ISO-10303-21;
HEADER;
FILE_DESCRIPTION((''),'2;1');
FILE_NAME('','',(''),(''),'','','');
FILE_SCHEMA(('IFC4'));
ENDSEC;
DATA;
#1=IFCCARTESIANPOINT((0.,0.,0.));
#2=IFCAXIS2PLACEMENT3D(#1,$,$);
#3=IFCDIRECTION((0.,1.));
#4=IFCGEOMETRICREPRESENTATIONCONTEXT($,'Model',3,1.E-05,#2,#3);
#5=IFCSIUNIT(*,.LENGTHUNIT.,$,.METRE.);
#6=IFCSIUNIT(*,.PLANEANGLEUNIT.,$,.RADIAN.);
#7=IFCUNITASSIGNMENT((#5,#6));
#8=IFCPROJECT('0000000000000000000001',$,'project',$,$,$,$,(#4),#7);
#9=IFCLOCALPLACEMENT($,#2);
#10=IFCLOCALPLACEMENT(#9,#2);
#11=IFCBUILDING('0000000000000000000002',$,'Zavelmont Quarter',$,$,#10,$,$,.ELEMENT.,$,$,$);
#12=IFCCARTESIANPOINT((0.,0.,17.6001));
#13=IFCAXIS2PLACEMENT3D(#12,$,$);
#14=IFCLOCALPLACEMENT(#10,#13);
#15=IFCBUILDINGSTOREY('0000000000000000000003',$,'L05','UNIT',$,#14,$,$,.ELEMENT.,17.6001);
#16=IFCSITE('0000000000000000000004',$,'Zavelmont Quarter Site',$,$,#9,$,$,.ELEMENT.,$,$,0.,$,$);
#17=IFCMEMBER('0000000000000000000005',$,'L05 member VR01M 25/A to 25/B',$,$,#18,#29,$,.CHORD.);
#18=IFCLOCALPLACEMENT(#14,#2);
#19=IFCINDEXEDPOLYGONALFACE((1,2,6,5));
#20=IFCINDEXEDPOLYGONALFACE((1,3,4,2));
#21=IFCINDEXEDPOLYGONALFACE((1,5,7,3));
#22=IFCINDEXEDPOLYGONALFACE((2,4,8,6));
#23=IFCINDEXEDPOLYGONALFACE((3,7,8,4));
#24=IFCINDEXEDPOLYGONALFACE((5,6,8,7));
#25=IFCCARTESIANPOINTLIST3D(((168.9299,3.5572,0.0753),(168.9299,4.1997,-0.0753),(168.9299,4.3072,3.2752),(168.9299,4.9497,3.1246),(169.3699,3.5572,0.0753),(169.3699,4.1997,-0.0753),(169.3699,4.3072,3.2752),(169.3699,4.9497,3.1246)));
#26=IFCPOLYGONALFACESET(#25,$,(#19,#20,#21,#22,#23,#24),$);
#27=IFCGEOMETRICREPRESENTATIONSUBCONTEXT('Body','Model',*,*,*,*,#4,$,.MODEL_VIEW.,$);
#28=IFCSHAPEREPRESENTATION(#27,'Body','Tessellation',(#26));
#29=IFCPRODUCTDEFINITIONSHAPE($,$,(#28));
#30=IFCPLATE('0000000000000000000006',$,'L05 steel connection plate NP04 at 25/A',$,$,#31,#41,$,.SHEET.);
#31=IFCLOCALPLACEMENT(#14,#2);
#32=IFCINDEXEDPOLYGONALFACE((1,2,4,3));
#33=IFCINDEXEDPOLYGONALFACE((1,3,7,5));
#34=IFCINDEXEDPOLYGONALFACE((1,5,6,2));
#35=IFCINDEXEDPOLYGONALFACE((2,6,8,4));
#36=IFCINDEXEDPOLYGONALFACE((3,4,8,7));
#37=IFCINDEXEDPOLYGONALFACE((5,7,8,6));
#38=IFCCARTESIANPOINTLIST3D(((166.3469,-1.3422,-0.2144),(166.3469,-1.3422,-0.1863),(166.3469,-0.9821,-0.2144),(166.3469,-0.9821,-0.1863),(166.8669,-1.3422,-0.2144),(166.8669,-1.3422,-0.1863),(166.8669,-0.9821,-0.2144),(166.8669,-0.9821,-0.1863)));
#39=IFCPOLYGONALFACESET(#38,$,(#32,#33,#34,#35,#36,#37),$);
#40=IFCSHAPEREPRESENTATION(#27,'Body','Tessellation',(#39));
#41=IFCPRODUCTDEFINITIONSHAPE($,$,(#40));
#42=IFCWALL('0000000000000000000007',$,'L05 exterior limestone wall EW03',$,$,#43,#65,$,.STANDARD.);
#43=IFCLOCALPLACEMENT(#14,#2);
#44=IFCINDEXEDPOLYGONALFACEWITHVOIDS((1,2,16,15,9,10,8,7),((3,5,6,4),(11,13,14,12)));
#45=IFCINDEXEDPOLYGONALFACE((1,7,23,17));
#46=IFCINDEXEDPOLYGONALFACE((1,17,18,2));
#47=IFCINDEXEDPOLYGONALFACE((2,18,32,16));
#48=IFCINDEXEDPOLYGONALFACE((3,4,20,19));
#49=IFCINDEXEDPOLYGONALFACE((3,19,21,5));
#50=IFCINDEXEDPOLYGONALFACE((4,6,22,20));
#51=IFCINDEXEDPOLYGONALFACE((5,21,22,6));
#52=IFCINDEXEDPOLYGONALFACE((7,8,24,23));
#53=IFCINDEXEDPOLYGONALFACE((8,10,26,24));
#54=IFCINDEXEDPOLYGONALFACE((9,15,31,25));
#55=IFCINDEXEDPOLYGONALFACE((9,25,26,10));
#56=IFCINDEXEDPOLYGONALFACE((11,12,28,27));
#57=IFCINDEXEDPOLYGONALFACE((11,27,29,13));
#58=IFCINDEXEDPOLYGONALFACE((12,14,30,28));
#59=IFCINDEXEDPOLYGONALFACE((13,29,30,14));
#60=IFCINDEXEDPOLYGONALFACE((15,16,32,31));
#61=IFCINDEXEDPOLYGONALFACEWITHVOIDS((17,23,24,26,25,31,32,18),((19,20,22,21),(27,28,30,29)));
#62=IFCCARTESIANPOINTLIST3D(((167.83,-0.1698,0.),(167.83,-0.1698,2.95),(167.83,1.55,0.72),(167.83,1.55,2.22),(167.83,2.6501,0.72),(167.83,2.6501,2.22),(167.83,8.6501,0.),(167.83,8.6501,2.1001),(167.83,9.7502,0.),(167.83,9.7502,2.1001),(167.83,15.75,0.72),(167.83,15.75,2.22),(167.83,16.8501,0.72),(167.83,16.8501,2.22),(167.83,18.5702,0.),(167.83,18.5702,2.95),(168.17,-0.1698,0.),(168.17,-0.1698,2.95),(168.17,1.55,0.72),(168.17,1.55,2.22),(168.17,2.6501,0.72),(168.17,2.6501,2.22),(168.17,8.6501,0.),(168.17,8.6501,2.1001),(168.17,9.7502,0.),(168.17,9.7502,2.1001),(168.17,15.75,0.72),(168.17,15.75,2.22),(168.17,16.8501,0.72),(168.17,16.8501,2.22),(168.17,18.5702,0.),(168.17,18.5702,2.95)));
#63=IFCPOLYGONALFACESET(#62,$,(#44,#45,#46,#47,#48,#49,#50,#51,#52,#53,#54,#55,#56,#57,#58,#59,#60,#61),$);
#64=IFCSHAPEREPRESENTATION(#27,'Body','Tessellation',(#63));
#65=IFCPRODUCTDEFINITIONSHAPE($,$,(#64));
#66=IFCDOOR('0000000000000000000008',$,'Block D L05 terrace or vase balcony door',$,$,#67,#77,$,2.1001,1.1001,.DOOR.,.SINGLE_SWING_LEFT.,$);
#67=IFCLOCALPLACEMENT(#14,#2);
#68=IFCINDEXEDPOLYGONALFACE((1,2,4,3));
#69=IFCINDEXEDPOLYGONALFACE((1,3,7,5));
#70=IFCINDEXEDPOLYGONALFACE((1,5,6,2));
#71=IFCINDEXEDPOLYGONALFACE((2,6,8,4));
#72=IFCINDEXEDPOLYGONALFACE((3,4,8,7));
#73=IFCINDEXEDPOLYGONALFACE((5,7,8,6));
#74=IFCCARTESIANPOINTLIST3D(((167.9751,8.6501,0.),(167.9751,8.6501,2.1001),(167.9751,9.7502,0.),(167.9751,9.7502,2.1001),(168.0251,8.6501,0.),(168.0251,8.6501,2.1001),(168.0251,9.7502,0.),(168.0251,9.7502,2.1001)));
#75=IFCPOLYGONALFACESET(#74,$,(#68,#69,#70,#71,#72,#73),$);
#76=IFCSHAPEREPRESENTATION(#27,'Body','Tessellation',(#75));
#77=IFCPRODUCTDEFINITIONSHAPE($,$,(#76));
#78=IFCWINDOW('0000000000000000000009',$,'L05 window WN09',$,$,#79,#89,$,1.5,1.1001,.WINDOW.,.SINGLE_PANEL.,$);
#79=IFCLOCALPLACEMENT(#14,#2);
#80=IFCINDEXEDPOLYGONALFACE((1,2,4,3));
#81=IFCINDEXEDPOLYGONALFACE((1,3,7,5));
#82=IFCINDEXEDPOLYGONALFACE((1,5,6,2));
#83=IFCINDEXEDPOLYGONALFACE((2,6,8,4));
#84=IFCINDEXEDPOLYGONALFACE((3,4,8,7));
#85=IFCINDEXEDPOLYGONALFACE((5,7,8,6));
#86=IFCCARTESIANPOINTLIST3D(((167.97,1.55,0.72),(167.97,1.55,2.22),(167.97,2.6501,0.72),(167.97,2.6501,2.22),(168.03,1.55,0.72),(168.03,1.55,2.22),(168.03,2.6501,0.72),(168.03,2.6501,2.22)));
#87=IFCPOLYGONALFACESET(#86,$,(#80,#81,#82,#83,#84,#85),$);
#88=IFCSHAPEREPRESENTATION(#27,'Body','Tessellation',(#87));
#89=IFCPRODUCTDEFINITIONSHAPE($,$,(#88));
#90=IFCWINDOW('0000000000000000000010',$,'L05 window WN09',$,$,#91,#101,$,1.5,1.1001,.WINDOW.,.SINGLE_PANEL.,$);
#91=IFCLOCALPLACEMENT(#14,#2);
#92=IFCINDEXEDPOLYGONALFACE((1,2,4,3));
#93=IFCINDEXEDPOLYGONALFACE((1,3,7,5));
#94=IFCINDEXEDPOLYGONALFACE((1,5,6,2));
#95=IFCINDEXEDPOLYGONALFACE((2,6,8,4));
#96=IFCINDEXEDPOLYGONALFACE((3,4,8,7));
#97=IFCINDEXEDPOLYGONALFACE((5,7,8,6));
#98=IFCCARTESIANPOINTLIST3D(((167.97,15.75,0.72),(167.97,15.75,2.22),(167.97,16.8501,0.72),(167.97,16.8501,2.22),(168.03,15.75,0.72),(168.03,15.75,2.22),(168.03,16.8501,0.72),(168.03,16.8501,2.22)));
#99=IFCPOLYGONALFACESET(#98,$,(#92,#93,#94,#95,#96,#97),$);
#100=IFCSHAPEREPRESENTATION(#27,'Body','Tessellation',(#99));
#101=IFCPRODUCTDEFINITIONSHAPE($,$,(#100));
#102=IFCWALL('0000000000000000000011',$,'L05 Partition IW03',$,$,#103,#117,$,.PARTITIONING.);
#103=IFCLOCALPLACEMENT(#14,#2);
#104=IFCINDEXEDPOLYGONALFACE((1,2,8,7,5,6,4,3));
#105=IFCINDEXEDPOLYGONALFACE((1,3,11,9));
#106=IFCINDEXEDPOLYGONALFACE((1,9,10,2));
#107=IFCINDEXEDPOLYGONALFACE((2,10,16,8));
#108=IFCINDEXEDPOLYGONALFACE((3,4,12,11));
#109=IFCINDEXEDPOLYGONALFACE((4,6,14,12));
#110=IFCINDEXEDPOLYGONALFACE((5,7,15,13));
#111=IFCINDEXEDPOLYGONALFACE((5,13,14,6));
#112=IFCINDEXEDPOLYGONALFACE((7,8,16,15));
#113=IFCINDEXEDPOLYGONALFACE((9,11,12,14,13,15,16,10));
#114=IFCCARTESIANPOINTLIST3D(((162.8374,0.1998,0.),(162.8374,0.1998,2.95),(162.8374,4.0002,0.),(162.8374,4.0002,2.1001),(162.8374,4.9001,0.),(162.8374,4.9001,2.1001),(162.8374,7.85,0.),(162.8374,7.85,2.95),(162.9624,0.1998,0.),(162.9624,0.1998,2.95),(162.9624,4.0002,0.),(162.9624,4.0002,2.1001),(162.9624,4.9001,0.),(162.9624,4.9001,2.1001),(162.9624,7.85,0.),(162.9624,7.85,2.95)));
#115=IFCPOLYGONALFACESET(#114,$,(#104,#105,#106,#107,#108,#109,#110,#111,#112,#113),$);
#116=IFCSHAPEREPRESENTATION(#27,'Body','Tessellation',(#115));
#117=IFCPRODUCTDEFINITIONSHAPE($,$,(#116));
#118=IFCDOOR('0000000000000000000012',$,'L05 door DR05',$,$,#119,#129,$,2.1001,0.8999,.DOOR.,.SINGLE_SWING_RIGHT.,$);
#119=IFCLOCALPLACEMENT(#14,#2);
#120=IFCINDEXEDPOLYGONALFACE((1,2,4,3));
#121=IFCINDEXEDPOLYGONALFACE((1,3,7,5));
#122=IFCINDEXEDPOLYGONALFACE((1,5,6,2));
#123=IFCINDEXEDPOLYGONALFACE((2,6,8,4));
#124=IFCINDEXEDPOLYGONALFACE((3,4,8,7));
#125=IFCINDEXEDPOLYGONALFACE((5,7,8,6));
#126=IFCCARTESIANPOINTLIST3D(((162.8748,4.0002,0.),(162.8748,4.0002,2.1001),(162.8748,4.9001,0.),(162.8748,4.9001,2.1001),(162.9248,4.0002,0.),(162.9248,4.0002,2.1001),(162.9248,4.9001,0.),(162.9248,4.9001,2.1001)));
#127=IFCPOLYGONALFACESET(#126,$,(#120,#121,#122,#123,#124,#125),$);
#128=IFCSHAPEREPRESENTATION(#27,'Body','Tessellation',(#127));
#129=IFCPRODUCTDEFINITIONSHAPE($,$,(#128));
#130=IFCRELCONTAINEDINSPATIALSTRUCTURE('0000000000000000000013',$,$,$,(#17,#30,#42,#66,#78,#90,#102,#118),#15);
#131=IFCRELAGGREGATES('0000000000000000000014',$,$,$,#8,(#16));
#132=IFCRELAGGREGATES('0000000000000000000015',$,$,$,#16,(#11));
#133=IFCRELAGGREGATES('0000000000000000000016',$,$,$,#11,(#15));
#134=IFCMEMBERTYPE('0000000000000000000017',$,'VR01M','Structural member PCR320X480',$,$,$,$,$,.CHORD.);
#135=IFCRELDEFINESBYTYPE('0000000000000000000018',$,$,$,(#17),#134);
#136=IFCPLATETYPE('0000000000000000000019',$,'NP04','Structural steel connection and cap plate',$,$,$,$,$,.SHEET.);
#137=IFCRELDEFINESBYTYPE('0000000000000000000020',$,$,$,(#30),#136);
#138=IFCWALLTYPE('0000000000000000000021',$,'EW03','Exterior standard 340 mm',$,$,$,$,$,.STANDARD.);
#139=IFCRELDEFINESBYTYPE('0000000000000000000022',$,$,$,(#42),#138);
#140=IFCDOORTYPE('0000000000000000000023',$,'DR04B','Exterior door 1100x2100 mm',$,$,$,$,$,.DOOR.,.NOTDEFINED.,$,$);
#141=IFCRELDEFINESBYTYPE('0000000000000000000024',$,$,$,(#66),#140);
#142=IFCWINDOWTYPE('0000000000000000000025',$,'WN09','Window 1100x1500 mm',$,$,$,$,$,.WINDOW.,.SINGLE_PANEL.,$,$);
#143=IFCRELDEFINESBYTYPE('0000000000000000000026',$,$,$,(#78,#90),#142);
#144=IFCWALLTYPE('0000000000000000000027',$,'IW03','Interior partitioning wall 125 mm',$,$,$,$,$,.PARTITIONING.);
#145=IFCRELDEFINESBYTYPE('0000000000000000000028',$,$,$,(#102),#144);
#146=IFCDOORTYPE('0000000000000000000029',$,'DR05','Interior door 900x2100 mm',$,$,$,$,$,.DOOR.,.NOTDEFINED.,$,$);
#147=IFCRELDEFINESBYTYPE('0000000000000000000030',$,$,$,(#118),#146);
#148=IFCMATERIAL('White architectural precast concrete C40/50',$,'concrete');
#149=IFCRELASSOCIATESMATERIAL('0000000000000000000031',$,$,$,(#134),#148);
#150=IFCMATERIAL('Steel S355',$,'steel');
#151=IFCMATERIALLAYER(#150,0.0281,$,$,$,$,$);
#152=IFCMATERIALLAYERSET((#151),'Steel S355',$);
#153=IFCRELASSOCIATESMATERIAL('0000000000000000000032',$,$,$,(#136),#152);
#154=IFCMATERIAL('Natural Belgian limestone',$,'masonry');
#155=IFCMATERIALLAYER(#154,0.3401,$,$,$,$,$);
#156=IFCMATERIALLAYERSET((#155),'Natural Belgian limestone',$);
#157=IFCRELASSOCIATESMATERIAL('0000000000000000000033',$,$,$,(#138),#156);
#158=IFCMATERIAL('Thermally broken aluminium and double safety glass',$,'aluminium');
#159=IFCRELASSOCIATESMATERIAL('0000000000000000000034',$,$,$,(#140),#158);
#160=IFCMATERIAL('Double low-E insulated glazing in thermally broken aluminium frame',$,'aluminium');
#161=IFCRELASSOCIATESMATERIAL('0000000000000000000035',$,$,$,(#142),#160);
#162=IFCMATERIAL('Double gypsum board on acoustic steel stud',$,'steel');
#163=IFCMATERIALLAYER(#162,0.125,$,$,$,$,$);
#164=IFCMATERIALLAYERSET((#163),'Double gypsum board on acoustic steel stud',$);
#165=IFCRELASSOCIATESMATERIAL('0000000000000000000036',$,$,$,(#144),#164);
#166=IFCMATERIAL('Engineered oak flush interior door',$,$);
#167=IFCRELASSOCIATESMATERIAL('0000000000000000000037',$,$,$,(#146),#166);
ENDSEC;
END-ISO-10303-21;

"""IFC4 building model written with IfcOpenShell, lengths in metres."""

from ifc_helpers import new_model, si_unit, direction, frame, frame_2d, origin, origin_with_axes, origin_2d, place, context, subcontext, project, spatial, rectangle, extrude, material, layer, layer_set, material_profile, profile_set, type_object, element, fill, save


model = new_model("IFC4")

# Units and contexts
model_context = context("Model", 3, precision=1e-05, world=origin(), true_north=direction((0.0, 1.0)))
body_context = subcontext(model_context, "Body", "Model", "MODEL_VIEW")
ifc_project = project(units=[si_unit("LENGTHUNIT", "METRE"), si_unit("PLANEANGLEUNIT", "RADIAN")], contexts=[model_context])

# Site, building, storey
site_placement = place(None, origin())
site = spatial("IfcSite", under=ifc_project, at=site_placement, Name="Zavelmont Quarter Site", CompositionType="ELEMENT", RefElevation=0.0)
building_placement = place(site_placement, origin())
building = spatial("IfcBuilding", under=site, at=building_placement, Name="Zavelmont Quarter", CompositionType="ELEMENT")
storey_placement = place(building_placement, frame((0.0, 0.0, 17.6001)))
storey = spatial("IfcBuildingStorey", under=building, at=storey_placement, Name="L05", Description="UNIT", CompositionType="ELEMENT", Elevation=17.6001)

# Shared definitions
ifc_material_1 = material(Name="Steel S355", Category="steel")

# Member
ifc_material_2 = material(Name="White architectural precast concrete C40/50", Category="concrete")
ifc_material_profile_1 = material_profile(ifc_material_2, rectangle(XDim=0.4399, YDim=0.6599, at=origin_2d()), Name="PCR320X480")
ifc_profile_set_1 = profile_set([ifc_material_profile_1], Name="White architectural precast concrete C40/50")
member_type = type_object("IfcMemberType", Name="VR01M", Description="Structural member PCR320X480", PredefinedType="CHORD", material=ifc_profile_set_1)
member_1_placement = place(storey_placement, frame((169.1499, 3.8784, 0.0), z_axis=(0.0, 0.228195, 0.973616), x_axis=(-1.0, 0.0, 0.0)))
element("IfcMember", 1, at=member_1_placement, inside=storey, type_object=member_type, Name="L05 member VR01M 25/A to 25/B", PredefinedType="CHORD", context=body_context, shape_type="SweptSolid", body=[
    extrude(rectangle(XDim=0.4399, YDim=0.6599, at=origin_2d()), origin(), (0.0, 0.0, 1.0), 3.2866),
])

# Plate
ifc_layer_1 = layer(ifc_material_1, 0.0281)
ifc_layer_set_1 = layer_set([ifc_layer_1], Name="Steel S355")
plate_type = type_object("IfcPlateType", Name="NP04", Description="Structural steel connection and cap plate", PredefinedType="SHEET", material=ifc_layer_set_1)
plate_placement = place(storey_placement, frame((166.6069, -1.1621, -0.2144), z_axis=(0.0, 0.0, 1.0), x_axis=(1.0, 0.0, 0.0)))
element("IfcPlate", 2, at=plate_placement, inside=storey, type_object=plate_type, Name="L05 steel connection plate NP04 at 25/A", PredefinedType="SHEET", context=body_context, shape_type="SweptSolid", body=[
    extrude(rectangle(XDim=0.52, YDim=0.3601, at=origin_2d()), origin(), (0.0, 0.0, 1.0), 0.0281),
])

# Wall, openings, door, windows
ifc_material_3 = material(Name="Natural Belgian limestone", Category="masonry")
ifc_layer_2 = layer(ifc_material_3, 0.3401)
ifc_layer_set_2 = layer_set([ifc_layer_2], Name="Natural Belgian limestone")
wall_type_1 = type_object("IfcWallType", Name="EW03", Description="Exterior standard 340 mm", PredefinedType="STANDARD", material=ifc_layer_set_2)
wall_1_placement = place(storey_placement, frame((168.0, -0.1699, 0.0), z_axis=(0.0, 0.0, 1.0), x_axis=(0.0, 1.0, 0.0)))
wall_1 = element("IfcWall", 3, at=wall_1_placement, inside=storey, type_object=wall_type_1, Name="L05 exterior limestone wall EW03", PredefinedType="STANDARD", context=body_context, shape_type="SweptSolid", body=[
    extrude(rectangle(XDim=18.74, YDim=0.3401, at=frame_2d((9.3701, 0.0))), origin(), (0.0, 0.0, 1.0), 2.95),
])
opening_1_placement = place(wall_1_placement, frame((8.8201, 0.0, 0.0)))
opening_1 = element("IfcOpeningElement", 4, at=opening_1_placement, cuts=wall_1, PredefinedType="OPENING", context=body_context, shape_type="SweptSolid", body=[
    extrude(rectangle(XDim=1.1001, YDim=2.1001, at=frame_2d((0.55, 1.05))), frame((0.0, 0.1821, 0.0), z_axis=(0.0, -1.0, 0.0), x_axis=(1.0, 0.0, 0.0)), (0.0, 0.0, 1.0), 0.364),
])
opening_2_placement = place(wall_1_placement, frame((1.72, 0.0, 0.72)))
opening_2 = element("IfcOpeningElement", 5, at=opening_2_placement, cuts=wall_1, PredefinedType="OPENING", context=body_context, shape_type="SweptSolid", body=[
    extrude(rectangle(XDim=1.1001, YDim=1.5, at=frame_2d((0.55, 0.75))), frame((0.0, 0.1821, 0.0), z_axis=(0.0, -1.0, 0.0), x_axis=(1.0, 0.0, 0.0)), (0.0, 0.0, 1.0), 0.364),
])
opening_3_placement = place(wall_1_placement, frame((15.9199, 0.0, 0.72)))
opening_3 = element("IfcOpeningElement", 6, at=opening_3_placement, cuts=wall_1, PredefinedType="OPENING", context=body_context, shape_type="SweptSolid", body=[
    extrude(rectangle(XDim=1.1001, YDim=1.5, at=frame_2d((0.55, 0.75))), frame((0.0, 0.1821, 0.0), z_axis=(0.0, -1.0, 0.0), x_axis=(1.0, 0.0, 0.0)), (0.0, 0.0, 1.0), 0.364),
])
ifc_material_4 = material(Name="Thermally broken aluminium and double safety glass", Category="aluminium")
door_type_1 = type_object("IfcDoorType", Name="DR04B", Description="Exterior door 1100x2100 mm", OperationType="NOTDEFINED", PredefinedType="DOOR", material=ifc_material_4)
door_1_placement = place(opening_1_placement, origin_with_axes())
door_1 = element("IfcDoor", 7, at=door_1_placement, inside=storey, type_object=door_type_1, Name="Block D L05 terrace or vase balcony door", OperationType="SINGLE_SWING_LEFT", OverallHeight=2.1001, OverallWidth=1.1001, PredefinedType="DOOR", context=body_context, shape_type="SweptSolid", body=[
    extrude(rectangle(XDim=1.1001, YDim=2.1001, at=frame_2d((0.55, 1.05))), frame((0.0, 0.0249, 0.0), z_axis=(0.0, -1.0, 0.0), x_axis=(1.0, 0.0, 0.0)), (0.0, 0.0, 1.0), 0.05),
])
fill(opening_1, door_1)
ifc_material_5 = material(Name="Double low-E insulated glazing in thermally broken aluminium frame", Category="aluminium")
window_type = type_object("IfcWindowType", Name="WN09", Description="Window 1100x1500 mm", PartitioningType="SINGLE_PANEL", PredefinedType="WINDOW", material=ifc_material_5)
window_1_placement = place(opening_2_placement, origin_with_axes())
window_1 = element("IfcWindow", 8, at=window_1_placement, inside=storey, type_object=window_type, Name="L05 window WN09", OverallHeight=1.5, OverallWidth=1.1001, PartitioningType="SINGLE_PANEL", PredefinedType="WINDOW", context=body_context, shape_type="SweptSolid", body=[
    extrude(rectangle(XDim=1.1001, YDim=1.5, at=frame_2d((0.55, 0.75))), frame((0.0, 0.03, 0.0), z_axis=(0.0, -1.0, 0.0), x_axis=(1.0, 0.0, 0.0)), (0.0, 0.0, 1.0), 0.0601),
])
fill(opening_2, window_1)
window_2_placement = place(opening_3_placement, origin_with_axes())
window_2 = element("IfcWindow", 9, at=window_2_placement, inside=storey, type_object=window_type, Name="L05 window WN09", OverallHeight=1.5, OverallWidth=1.1001, PartitioningType="SINGLE_PANEL", PredefinedType="WINDOW", context=body_context, shape_type="SweptSolid", body=[
    extrude(rectangle(XDim=1.1001, YDim=1.5, at=frame_2d((0.55, 0.75))), frame((0.0, 0.03, 0.0), z_axis=(0.0, -1.0, 0.0), x_axis=(1.0, 0.0, 0.0)), (0.0, 0.0, 1.0), 0.0601),
])
fill(opening_3, window_2)

# Wall, opening, door
ifc_material_6 = material(Name="Double gypsum board on acoustic steel stud", Category="steel")
ifc_layer_3 = layer(ifc_material_6, 0.125)
ifc_layer_set_3 = layer_set([ifc_layer_3], Name="Double gypsum board on acoustic steel stud")
wall_type_2 = type_object("IfcWallType", Name="IW03", Description="Interior partitioning wall 125 mm", PredefinedType="PARTITIONING", material=ifc_layer_set_3)
wall_2_placement = place(storey_placement, frame((162.8999, 7.8501, 0.0), z_axis=(0.0, 0.0, 1.0), x_axis=(0.0, -1.0, 0.0)))
wall_2 = element("IfcWall", 10, at=wall_2_placement, inside=storey, type_object=wall_type_2, Name="L05 Partition IW03", PredefinedType="PARTITIONING", context=body_context, shape_type="SweptSolid", body=[
    extrude(rectangle(XDim=7.6501, YDim=0.125, at=frame_2d((3.8252, 0.0))), origin(), (0.0, 0.0, 1.0), 2.95),
])
opening_4_placement = place(wall_2_placement, frame((2.95, 0.0, 0.0)))
opening_4 = element("IfcOpeningElement", 11, at=opening_4_placement, cuts=wall_2, PredefinedType="OPENING", context=body_context, shape_type="SweptSolid", body=[
    extrude(rectangle(XDim=0.8999, YDim=2.1001, at=frame_2d((0.45, 1.05))), frame((0.0, 0.0745, 0.0), z_axis=(0.0, -1.0, 0.0), x_axis=(1.0, 0.0, 0.0)), (0.0, 0.0, 1.0), 0.1489),
])
ifc_material_7 = material(Name="Engineered oak flush interior door")
door_type_2 = type_object("IfcDoorType", Name="DR05", Description="Interior door 900x2100 mm", OperationType="NOTDEFINED", PredefinedType="DOOR", material=ifc_material_7)
door_2_placement = place(opening_4_placement, origin_with_axes())
door_2 = element("IfcDoor", 12, at=door_2_placement, inside=storey, type_object=door_type_2, Name="L05 door DR05", OperationType="SINGLE_SWING_RIGHT", OverallHeight=2.1001, OverallWidth=0.8999, PredefinedType="DOOR", context=body_context, shape_type="SweptSolid", body=[
    extrude(rectangle(XDim=0.8999, YDim=2.1001, at=frame_2d((0.45, 1.05))), frame((0.0, 0.0249, 0.0), z_axis=(0.0, -1.0, 0.0), x_axis=(1.0, 0.0, 0.0)), (0.0, 0.0, 1.0), 0.05),
])
fill(opening_4, door_2)

save(model, "model.ifc")
